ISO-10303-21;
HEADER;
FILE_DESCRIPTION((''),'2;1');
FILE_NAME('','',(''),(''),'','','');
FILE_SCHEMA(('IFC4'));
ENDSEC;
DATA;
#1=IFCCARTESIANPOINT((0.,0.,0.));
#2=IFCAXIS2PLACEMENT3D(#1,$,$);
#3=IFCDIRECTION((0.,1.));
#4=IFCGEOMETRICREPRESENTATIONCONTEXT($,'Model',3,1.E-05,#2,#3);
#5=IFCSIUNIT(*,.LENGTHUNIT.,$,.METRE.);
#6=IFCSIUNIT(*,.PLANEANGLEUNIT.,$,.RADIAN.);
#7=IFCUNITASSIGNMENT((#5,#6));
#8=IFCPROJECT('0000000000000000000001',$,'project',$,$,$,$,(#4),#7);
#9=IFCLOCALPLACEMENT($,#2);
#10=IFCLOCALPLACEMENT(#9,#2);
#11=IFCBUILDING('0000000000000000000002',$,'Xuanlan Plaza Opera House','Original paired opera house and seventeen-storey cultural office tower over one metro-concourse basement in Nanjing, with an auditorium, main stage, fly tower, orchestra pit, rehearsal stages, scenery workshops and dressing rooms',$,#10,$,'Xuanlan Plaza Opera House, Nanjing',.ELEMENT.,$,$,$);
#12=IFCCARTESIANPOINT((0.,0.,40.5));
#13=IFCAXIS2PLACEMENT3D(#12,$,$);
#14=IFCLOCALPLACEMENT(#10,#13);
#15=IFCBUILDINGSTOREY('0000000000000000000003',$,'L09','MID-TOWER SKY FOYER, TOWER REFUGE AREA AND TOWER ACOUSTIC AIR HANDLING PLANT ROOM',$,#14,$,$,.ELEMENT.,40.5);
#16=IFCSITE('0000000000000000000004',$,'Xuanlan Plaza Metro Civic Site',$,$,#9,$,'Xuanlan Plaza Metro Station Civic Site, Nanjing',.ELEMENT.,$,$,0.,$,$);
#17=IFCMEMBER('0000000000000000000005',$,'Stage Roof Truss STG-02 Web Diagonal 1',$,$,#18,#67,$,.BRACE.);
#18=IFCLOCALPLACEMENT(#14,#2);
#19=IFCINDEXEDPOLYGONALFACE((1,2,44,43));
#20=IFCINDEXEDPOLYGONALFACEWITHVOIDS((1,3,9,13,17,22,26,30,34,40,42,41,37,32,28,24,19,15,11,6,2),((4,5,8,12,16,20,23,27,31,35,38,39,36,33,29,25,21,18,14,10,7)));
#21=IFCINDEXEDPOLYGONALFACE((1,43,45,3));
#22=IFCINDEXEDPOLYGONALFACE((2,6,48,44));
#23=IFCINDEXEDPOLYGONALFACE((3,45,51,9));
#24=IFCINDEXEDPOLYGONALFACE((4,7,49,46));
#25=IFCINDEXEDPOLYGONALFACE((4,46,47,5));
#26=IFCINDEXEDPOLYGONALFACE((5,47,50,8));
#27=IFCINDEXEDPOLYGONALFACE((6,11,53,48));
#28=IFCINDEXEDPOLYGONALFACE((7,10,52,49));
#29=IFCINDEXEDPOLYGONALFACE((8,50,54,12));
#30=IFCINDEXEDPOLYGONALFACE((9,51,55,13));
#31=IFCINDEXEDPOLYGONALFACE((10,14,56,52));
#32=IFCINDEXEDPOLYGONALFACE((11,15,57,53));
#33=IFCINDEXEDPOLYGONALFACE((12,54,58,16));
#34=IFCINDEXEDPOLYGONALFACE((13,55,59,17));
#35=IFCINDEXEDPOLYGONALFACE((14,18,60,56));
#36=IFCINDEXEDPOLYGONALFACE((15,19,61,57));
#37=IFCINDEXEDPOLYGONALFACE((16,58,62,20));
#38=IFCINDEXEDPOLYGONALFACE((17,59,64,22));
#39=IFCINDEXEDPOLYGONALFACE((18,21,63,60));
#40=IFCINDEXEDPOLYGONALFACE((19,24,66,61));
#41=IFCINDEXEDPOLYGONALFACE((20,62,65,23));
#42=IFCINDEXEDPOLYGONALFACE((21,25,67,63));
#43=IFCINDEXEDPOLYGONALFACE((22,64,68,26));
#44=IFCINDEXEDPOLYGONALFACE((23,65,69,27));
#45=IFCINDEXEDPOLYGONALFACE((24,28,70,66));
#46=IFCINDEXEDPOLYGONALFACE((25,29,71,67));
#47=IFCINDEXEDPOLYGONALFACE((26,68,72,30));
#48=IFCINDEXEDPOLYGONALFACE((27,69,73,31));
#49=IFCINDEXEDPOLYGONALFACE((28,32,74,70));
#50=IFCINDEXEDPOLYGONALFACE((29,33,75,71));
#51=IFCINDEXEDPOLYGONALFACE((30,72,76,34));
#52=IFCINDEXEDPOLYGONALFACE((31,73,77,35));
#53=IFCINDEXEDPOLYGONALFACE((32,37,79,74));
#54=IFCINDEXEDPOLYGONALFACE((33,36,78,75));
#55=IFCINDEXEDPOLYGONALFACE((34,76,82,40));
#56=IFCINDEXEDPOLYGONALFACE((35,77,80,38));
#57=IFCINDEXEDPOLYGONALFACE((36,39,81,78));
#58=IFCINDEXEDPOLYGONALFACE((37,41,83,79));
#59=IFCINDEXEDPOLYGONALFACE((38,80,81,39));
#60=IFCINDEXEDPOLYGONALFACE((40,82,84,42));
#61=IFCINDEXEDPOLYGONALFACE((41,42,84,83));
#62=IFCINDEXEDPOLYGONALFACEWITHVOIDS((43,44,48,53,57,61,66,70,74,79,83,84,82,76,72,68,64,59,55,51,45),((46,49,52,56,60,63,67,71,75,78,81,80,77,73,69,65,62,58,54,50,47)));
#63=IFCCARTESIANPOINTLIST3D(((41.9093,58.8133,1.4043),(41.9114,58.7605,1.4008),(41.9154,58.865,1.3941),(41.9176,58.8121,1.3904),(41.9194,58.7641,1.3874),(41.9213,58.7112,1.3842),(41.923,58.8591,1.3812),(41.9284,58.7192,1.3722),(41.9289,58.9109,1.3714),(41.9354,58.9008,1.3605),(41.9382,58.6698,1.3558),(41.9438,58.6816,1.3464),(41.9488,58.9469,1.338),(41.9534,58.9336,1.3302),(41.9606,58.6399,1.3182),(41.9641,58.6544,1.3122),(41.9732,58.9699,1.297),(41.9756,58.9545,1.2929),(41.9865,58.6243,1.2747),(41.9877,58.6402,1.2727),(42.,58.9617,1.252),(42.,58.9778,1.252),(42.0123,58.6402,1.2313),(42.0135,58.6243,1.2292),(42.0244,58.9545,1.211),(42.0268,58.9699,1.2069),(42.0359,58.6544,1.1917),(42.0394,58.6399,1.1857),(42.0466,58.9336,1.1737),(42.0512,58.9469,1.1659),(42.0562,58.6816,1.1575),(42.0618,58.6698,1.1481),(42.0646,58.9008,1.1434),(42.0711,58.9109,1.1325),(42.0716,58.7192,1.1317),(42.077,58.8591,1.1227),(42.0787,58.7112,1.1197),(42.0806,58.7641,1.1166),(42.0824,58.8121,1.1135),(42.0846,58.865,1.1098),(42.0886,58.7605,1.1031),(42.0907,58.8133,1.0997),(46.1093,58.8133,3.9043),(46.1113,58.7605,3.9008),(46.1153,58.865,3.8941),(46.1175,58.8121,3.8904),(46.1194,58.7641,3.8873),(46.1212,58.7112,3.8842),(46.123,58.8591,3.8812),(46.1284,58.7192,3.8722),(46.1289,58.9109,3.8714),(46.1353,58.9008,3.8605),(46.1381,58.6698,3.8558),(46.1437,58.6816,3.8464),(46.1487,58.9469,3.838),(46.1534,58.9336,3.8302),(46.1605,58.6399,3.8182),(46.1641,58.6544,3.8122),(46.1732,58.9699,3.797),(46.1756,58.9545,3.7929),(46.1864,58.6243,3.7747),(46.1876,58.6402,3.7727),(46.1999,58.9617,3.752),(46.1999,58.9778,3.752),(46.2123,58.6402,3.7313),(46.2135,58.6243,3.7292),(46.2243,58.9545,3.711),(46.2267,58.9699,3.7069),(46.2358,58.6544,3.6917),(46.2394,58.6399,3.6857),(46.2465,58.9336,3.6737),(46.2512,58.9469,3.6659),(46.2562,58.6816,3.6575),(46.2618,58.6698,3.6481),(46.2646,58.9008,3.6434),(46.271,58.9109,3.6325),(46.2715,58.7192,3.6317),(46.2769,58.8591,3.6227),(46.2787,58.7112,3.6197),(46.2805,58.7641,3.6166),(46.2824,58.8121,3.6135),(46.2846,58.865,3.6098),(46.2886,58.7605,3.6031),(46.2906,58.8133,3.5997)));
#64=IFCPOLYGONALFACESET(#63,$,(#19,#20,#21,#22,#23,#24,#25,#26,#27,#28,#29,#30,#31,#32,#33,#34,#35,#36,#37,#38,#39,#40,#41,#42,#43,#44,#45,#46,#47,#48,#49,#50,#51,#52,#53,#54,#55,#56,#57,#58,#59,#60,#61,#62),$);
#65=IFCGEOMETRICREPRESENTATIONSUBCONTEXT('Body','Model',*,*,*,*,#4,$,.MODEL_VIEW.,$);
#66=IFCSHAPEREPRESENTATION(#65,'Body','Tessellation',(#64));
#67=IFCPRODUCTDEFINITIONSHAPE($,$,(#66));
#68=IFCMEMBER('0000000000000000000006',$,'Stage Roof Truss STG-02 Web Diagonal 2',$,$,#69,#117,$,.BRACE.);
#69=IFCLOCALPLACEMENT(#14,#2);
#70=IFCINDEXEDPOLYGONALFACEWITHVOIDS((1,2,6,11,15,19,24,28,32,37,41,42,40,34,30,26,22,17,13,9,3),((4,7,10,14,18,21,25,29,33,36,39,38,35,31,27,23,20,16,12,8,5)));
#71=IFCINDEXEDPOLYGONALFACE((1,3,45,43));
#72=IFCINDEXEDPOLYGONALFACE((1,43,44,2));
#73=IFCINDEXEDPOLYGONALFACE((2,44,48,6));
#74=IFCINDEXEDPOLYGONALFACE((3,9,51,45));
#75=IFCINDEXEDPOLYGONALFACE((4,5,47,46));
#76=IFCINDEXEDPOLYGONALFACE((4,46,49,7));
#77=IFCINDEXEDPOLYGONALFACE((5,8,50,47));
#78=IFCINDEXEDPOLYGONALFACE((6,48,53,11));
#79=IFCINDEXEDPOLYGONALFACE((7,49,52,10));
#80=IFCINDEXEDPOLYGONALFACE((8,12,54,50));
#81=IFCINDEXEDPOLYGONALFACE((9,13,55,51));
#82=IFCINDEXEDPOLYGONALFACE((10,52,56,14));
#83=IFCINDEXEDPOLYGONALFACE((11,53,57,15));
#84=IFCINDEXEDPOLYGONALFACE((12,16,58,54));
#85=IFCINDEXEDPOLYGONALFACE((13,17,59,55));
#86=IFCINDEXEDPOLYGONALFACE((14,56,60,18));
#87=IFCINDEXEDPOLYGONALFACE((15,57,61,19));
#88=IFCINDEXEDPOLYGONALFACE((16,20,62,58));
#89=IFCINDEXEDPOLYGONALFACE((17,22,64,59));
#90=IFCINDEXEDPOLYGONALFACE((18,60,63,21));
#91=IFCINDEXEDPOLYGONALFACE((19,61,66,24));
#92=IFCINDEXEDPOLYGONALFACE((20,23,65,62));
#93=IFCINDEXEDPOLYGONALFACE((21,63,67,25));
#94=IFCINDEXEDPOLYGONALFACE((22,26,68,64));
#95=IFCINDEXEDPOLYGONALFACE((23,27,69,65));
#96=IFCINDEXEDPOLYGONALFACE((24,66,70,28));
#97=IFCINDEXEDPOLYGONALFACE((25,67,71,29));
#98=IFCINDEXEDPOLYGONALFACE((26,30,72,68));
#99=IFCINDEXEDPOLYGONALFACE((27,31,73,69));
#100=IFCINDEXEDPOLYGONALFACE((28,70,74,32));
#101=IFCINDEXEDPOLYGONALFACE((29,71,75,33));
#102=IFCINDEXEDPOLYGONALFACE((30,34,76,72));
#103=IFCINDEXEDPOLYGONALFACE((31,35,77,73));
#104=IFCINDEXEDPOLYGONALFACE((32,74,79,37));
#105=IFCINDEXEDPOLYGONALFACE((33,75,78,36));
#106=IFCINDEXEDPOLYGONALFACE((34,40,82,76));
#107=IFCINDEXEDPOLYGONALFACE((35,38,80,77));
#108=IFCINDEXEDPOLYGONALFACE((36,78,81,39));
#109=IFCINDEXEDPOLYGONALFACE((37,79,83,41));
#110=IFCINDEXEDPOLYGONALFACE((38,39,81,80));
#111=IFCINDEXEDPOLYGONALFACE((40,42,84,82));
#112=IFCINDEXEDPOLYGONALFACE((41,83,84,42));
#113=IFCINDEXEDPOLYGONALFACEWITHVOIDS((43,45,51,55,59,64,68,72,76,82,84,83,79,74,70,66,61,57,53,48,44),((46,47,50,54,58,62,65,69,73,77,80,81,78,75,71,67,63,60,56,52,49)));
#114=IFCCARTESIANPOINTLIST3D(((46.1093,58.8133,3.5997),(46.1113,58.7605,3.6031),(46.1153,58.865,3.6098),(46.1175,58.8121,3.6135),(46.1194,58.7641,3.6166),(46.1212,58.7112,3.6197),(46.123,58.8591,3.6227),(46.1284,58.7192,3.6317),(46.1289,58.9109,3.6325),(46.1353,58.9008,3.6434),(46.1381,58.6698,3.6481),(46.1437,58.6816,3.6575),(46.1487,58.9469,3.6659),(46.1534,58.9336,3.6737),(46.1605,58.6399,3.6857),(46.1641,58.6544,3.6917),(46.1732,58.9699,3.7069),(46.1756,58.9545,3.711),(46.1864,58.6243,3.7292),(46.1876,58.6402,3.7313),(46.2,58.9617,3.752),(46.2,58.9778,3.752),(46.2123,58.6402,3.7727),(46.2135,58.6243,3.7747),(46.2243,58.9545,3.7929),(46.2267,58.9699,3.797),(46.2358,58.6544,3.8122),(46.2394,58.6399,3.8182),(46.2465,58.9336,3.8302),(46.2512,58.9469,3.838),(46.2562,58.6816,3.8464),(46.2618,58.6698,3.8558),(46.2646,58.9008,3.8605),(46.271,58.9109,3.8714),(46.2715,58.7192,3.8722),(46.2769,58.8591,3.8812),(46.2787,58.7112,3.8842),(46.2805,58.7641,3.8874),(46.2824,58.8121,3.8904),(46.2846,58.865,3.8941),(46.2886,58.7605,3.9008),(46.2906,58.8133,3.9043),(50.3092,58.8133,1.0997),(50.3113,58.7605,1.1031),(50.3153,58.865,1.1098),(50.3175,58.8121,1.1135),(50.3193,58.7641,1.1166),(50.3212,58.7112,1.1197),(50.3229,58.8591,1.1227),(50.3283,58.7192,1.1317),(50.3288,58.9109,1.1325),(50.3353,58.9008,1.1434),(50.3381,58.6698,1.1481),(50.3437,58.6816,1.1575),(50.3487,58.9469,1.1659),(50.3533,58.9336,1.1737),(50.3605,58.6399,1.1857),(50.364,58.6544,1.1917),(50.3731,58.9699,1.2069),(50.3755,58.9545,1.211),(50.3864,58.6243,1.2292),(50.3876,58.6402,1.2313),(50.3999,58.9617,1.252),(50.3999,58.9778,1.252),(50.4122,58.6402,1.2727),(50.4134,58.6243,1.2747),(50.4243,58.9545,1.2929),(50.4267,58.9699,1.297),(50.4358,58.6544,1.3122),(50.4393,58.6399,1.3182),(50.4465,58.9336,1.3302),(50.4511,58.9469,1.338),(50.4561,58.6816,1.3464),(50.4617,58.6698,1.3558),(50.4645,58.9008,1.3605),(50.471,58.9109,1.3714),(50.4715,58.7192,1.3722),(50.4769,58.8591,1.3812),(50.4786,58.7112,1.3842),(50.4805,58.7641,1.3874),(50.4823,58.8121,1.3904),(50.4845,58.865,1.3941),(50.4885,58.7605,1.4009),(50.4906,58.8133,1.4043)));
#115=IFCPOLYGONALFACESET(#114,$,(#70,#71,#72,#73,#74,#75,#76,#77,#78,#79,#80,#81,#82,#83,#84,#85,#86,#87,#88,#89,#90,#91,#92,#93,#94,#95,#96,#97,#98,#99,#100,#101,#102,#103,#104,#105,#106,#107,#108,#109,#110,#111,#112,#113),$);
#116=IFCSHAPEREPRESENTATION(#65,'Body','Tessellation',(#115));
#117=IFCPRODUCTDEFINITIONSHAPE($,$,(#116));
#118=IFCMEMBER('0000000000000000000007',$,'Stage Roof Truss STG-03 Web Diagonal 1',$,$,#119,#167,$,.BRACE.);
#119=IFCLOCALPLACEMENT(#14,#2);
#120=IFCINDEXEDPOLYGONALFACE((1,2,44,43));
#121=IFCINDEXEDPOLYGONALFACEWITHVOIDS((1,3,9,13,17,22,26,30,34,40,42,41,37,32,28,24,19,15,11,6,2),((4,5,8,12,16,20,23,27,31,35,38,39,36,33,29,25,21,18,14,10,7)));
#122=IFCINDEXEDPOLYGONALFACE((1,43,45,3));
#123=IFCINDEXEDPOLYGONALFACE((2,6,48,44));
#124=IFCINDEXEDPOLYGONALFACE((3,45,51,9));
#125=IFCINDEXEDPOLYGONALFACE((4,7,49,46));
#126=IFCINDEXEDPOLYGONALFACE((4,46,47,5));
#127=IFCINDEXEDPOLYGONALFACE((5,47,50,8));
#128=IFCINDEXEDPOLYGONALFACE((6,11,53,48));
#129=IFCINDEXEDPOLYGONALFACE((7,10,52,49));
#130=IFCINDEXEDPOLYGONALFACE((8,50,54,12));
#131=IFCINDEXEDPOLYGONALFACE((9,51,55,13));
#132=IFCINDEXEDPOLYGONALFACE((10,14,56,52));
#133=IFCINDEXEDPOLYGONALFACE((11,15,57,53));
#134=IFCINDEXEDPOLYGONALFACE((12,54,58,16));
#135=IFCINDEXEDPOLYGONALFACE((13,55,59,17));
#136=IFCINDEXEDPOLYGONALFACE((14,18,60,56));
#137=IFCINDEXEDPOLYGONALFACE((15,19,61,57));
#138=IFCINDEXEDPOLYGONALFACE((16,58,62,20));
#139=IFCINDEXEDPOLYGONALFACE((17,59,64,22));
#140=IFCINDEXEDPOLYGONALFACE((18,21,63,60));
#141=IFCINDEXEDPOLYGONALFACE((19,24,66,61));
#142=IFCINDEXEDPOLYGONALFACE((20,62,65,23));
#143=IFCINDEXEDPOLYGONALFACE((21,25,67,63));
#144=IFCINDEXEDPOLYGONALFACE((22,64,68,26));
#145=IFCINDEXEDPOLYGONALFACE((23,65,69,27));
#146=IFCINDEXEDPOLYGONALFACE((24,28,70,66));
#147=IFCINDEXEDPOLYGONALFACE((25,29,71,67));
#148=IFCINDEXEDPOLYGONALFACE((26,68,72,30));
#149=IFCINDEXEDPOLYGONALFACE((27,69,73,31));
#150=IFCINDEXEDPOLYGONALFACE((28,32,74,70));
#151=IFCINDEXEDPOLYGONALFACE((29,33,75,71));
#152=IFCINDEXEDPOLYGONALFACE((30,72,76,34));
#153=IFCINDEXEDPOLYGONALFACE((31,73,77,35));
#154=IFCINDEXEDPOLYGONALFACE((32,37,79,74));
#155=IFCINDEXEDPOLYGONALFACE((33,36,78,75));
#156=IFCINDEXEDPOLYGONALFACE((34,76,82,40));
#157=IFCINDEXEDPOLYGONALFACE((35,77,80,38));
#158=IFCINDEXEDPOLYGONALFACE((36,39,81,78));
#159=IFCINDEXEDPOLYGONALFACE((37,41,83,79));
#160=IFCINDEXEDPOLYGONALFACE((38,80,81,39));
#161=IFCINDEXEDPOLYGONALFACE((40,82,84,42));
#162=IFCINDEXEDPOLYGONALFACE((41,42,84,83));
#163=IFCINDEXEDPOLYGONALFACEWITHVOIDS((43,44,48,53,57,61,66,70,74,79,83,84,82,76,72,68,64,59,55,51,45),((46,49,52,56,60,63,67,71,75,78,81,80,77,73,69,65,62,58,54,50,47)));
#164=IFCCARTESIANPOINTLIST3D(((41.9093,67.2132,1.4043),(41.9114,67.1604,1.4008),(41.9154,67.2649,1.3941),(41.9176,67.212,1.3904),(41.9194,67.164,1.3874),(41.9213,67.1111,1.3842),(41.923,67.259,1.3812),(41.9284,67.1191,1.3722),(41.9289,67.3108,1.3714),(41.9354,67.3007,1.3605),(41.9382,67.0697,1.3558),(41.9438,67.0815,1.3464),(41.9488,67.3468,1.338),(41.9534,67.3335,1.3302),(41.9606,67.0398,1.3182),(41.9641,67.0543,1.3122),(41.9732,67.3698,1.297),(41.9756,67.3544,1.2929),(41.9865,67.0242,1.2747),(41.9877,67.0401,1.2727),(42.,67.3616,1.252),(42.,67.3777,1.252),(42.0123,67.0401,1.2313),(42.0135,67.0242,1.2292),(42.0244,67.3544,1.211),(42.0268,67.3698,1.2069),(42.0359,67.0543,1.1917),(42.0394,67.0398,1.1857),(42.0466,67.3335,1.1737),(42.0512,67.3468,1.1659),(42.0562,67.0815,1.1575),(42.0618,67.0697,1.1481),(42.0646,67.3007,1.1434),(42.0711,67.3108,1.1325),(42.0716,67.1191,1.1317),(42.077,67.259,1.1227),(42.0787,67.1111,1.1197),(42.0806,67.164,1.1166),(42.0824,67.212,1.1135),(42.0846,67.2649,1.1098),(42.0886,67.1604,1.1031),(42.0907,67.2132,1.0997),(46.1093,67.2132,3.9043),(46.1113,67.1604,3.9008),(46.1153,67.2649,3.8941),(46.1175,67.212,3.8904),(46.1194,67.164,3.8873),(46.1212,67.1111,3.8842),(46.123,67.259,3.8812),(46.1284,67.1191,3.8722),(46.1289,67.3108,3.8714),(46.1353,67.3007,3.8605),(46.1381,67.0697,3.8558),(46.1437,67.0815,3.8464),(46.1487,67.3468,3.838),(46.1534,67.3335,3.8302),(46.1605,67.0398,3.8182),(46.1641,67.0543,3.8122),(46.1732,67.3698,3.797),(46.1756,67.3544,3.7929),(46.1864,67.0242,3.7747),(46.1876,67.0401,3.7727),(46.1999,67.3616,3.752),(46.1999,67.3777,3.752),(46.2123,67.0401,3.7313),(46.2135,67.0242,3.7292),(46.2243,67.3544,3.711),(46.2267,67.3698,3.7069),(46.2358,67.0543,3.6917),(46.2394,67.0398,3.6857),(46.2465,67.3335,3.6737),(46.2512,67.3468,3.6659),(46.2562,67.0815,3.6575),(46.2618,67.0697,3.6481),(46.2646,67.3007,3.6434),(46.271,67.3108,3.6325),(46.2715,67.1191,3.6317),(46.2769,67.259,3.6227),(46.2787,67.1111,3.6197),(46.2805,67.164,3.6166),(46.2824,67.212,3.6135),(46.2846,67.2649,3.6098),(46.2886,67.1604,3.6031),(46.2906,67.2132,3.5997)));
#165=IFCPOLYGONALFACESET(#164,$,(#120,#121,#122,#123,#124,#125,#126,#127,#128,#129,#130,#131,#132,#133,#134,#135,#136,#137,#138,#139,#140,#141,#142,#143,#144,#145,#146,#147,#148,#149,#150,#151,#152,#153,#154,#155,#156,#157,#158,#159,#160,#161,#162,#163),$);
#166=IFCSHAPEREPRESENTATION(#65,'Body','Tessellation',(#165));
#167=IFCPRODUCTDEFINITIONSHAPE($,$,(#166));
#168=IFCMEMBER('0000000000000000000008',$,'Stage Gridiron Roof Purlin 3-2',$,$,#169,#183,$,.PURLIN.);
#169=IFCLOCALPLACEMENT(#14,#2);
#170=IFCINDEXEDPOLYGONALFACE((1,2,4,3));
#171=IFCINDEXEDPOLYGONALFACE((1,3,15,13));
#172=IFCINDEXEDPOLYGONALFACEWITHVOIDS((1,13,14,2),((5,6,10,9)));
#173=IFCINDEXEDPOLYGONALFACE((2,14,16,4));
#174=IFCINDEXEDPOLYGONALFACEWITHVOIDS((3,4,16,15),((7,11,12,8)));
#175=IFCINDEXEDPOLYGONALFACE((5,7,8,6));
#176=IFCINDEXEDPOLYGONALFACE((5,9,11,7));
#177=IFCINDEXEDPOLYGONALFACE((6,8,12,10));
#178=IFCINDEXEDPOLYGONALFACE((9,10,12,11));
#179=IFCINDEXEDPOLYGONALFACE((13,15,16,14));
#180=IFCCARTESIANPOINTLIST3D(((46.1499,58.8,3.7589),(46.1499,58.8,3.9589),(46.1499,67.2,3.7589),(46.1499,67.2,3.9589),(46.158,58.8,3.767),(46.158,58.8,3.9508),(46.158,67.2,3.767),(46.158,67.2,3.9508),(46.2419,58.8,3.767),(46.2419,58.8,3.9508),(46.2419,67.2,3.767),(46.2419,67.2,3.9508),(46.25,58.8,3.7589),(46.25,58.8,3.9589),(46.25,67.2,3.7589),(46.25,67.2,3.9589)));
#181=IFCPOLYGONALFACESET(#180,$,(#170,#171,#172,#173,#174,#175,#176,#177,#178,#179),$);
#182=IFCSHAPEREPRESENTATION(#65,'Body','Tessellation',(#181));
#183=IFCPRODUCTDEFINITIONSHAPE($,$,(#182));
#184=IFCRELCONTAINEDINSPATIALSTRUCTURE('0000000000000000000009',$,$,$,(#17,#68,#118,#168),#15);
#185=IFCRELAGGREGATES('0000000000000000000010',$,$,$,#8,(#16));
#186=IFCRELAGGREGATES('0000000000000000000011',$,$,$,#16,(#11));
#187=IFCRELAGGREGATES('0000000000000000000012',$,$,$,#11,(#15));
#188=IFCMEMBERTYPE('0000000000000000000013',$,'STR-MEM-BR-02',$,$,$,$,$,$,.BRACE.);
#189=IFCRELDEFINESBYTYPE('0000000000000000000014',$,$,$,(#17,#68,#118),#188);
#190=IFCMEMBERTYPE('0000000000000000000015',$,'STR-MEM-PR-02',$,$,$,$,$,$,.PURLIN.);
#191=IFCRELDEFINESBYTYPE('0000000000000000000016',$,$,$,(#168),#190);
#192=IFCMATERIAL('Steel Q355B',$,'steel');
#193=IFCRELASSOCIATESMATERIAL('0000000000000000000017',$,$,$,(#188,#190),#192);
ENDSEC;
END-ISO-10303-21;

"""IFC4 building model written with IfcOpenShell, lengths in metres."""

from ifc_helpers import new_model, si_unit, direction, frame, origin, origin_2d, place, context, subcontext, project, spatial, hollow_rectangle, hollow_circle, extrude, material, material_profile, profile_set, type_object, element, save


model = new_model("IFC4")

# Units and contexts
model_context = context("Model", 3, precision=1e-05, world=origin(), true_north=direction((0.0, 1.0)))
body_context = subcontext(model_context, "Body", "Model", "MODEL_VIEW")
ifc_project = project(units=[si_unit("LENGTHUNIT", "METRE"), si_unit("PLANEANGLEUNIT", "RADIAN")], contexts=[model_context])

# Site, building, storey
site_placement = place(None, origin())
site = spatial("IfcSite", under=ifc_project, at=site_placement, Name="Xuanlan Plaza Metro Civic Site", LongName="Xuanlan Plaza Metro Station Civic Site, Nanjing", CompositionType="ELEMENT", RefElevation=0.0)
building_placement = place(site_placement, origin())
building = spatial("IfcBuilding", under=site, at=building_placement, Name="Xuanlan Plaza Opera House", Description="Original paired opera house and seventeen-storey cultural office tower over one metro-concourse basement in Nanjing, with an auditorium, main stage, fly tower, orchestra pit, rehearsal stages, scenery workshops and dressing rooms", LongName="Xuanlan Plaza Opera House, Nanjing", CompositionType="ELEMENT")
storey_placement = place(building_placement, frame((0.0, 0.0, 40.5)))
storey = spatial("IfcBuildingStorey", under=building, at=storey_placement, Name="L09", Description="MID-TOWER SKY FOYER, TOWER REFUGE AREA AND TOWER ACOUSTIC AIR HANDLING PLANT ROOM", CompositionType="ELEMENT", Elevation=40.5)

# Shared definitions
ifc_material_1 = material(Name="Steel Q355B", Category="steel")

# Members
ifc_material_profile_1 = material_profile(ifc_material_1, hollow_circle(Radius=0.1777, WallThickness=0.0161, at=origin_2d()), Name="CHS 355.6x16")
ifc_profile_set_1 = profile_set([ifc_material_profile_1], Name="Steel Q355B")
member_type_1 = type_object("IfcMemberType", Name="STR-MEM-BR-02", PredefinedType="BRACE", material=ifc_profile_set_1)
for number, where, z_axis, x_axis, name in (
    (1, (42.0, 58.8, 1.252), (0.85929, 0.0, 0.511488), (0.0, 1.0, 0.0), "Stage Roof Truss STG-02 Web Diagonal 1"),
    (2, (46.2, 58.8, 3.752), (0.85929, 0.0, -0.511488), (0.0, 1.0, 0.0), "Stage Roof Truss STG-02 Web Diagonal 2"),
    (3, (42.0, 67.2, 1.252), (0.85929, 0.0, 0.511488), (0.0, 1.0, 0.0), "Stage Roof Truss STG-03 Web Diagonal 1"),
):
    element("IfcMember", number, at=place(storey_placement, frame(where, z_axis=z_axis, x_axis=x_axis)), inside=storey, type_object=member_type_1, Name=name, PredefinedType="BRACE", context=body_context, shape_type="SweptSolid", body=[
        extrude(hollow_circle(Radius=0.1777, WallThickness=0.0161, at=origin_2d()), origin(), (0.0, 0.0, 1.0), 4.8877),
    ])
ifc_material_profile_2 = material_profile(ifc_material_1, hollow_rectangle(XDim=0.1001, YDim=0.2, WallThickness=0.0081, at=origin_2d()), Name="RHS 200x100x8")
ifc_profile_set_2 = profile_set([ifc_material_profile_2], Name="Steel Q355B")
member_type_2 = type_object("IfcMemberType", Name="STR-MEM-PR-02", PredefinedType="PURLIN", material=ifc_profile_set_2)
member_1_placement = place(storey_placement, frame((46.2, 58.8, 3.8589), z_axis=(0.0, 1.0, 0.0), x_axis=(-1.0, 0.0, 0.0)))
element("IfcMember", 4, at=member_1_placement, inside=storey, type_object=member_type_2, Name="Stage Gridiron Roof Purlin 3-2", PredefinedType="PURLIN", context=body_context, shape_type="SweptSolid", body=[
    extrude(hollow_rectangle(XDim=0.1001, YDim=0.2, WallThickness=0.0081, at=origin_2d()), origin(), (0.0, 0.0, 1.0), 8.3999),
])

save(model, "model.ifc")
